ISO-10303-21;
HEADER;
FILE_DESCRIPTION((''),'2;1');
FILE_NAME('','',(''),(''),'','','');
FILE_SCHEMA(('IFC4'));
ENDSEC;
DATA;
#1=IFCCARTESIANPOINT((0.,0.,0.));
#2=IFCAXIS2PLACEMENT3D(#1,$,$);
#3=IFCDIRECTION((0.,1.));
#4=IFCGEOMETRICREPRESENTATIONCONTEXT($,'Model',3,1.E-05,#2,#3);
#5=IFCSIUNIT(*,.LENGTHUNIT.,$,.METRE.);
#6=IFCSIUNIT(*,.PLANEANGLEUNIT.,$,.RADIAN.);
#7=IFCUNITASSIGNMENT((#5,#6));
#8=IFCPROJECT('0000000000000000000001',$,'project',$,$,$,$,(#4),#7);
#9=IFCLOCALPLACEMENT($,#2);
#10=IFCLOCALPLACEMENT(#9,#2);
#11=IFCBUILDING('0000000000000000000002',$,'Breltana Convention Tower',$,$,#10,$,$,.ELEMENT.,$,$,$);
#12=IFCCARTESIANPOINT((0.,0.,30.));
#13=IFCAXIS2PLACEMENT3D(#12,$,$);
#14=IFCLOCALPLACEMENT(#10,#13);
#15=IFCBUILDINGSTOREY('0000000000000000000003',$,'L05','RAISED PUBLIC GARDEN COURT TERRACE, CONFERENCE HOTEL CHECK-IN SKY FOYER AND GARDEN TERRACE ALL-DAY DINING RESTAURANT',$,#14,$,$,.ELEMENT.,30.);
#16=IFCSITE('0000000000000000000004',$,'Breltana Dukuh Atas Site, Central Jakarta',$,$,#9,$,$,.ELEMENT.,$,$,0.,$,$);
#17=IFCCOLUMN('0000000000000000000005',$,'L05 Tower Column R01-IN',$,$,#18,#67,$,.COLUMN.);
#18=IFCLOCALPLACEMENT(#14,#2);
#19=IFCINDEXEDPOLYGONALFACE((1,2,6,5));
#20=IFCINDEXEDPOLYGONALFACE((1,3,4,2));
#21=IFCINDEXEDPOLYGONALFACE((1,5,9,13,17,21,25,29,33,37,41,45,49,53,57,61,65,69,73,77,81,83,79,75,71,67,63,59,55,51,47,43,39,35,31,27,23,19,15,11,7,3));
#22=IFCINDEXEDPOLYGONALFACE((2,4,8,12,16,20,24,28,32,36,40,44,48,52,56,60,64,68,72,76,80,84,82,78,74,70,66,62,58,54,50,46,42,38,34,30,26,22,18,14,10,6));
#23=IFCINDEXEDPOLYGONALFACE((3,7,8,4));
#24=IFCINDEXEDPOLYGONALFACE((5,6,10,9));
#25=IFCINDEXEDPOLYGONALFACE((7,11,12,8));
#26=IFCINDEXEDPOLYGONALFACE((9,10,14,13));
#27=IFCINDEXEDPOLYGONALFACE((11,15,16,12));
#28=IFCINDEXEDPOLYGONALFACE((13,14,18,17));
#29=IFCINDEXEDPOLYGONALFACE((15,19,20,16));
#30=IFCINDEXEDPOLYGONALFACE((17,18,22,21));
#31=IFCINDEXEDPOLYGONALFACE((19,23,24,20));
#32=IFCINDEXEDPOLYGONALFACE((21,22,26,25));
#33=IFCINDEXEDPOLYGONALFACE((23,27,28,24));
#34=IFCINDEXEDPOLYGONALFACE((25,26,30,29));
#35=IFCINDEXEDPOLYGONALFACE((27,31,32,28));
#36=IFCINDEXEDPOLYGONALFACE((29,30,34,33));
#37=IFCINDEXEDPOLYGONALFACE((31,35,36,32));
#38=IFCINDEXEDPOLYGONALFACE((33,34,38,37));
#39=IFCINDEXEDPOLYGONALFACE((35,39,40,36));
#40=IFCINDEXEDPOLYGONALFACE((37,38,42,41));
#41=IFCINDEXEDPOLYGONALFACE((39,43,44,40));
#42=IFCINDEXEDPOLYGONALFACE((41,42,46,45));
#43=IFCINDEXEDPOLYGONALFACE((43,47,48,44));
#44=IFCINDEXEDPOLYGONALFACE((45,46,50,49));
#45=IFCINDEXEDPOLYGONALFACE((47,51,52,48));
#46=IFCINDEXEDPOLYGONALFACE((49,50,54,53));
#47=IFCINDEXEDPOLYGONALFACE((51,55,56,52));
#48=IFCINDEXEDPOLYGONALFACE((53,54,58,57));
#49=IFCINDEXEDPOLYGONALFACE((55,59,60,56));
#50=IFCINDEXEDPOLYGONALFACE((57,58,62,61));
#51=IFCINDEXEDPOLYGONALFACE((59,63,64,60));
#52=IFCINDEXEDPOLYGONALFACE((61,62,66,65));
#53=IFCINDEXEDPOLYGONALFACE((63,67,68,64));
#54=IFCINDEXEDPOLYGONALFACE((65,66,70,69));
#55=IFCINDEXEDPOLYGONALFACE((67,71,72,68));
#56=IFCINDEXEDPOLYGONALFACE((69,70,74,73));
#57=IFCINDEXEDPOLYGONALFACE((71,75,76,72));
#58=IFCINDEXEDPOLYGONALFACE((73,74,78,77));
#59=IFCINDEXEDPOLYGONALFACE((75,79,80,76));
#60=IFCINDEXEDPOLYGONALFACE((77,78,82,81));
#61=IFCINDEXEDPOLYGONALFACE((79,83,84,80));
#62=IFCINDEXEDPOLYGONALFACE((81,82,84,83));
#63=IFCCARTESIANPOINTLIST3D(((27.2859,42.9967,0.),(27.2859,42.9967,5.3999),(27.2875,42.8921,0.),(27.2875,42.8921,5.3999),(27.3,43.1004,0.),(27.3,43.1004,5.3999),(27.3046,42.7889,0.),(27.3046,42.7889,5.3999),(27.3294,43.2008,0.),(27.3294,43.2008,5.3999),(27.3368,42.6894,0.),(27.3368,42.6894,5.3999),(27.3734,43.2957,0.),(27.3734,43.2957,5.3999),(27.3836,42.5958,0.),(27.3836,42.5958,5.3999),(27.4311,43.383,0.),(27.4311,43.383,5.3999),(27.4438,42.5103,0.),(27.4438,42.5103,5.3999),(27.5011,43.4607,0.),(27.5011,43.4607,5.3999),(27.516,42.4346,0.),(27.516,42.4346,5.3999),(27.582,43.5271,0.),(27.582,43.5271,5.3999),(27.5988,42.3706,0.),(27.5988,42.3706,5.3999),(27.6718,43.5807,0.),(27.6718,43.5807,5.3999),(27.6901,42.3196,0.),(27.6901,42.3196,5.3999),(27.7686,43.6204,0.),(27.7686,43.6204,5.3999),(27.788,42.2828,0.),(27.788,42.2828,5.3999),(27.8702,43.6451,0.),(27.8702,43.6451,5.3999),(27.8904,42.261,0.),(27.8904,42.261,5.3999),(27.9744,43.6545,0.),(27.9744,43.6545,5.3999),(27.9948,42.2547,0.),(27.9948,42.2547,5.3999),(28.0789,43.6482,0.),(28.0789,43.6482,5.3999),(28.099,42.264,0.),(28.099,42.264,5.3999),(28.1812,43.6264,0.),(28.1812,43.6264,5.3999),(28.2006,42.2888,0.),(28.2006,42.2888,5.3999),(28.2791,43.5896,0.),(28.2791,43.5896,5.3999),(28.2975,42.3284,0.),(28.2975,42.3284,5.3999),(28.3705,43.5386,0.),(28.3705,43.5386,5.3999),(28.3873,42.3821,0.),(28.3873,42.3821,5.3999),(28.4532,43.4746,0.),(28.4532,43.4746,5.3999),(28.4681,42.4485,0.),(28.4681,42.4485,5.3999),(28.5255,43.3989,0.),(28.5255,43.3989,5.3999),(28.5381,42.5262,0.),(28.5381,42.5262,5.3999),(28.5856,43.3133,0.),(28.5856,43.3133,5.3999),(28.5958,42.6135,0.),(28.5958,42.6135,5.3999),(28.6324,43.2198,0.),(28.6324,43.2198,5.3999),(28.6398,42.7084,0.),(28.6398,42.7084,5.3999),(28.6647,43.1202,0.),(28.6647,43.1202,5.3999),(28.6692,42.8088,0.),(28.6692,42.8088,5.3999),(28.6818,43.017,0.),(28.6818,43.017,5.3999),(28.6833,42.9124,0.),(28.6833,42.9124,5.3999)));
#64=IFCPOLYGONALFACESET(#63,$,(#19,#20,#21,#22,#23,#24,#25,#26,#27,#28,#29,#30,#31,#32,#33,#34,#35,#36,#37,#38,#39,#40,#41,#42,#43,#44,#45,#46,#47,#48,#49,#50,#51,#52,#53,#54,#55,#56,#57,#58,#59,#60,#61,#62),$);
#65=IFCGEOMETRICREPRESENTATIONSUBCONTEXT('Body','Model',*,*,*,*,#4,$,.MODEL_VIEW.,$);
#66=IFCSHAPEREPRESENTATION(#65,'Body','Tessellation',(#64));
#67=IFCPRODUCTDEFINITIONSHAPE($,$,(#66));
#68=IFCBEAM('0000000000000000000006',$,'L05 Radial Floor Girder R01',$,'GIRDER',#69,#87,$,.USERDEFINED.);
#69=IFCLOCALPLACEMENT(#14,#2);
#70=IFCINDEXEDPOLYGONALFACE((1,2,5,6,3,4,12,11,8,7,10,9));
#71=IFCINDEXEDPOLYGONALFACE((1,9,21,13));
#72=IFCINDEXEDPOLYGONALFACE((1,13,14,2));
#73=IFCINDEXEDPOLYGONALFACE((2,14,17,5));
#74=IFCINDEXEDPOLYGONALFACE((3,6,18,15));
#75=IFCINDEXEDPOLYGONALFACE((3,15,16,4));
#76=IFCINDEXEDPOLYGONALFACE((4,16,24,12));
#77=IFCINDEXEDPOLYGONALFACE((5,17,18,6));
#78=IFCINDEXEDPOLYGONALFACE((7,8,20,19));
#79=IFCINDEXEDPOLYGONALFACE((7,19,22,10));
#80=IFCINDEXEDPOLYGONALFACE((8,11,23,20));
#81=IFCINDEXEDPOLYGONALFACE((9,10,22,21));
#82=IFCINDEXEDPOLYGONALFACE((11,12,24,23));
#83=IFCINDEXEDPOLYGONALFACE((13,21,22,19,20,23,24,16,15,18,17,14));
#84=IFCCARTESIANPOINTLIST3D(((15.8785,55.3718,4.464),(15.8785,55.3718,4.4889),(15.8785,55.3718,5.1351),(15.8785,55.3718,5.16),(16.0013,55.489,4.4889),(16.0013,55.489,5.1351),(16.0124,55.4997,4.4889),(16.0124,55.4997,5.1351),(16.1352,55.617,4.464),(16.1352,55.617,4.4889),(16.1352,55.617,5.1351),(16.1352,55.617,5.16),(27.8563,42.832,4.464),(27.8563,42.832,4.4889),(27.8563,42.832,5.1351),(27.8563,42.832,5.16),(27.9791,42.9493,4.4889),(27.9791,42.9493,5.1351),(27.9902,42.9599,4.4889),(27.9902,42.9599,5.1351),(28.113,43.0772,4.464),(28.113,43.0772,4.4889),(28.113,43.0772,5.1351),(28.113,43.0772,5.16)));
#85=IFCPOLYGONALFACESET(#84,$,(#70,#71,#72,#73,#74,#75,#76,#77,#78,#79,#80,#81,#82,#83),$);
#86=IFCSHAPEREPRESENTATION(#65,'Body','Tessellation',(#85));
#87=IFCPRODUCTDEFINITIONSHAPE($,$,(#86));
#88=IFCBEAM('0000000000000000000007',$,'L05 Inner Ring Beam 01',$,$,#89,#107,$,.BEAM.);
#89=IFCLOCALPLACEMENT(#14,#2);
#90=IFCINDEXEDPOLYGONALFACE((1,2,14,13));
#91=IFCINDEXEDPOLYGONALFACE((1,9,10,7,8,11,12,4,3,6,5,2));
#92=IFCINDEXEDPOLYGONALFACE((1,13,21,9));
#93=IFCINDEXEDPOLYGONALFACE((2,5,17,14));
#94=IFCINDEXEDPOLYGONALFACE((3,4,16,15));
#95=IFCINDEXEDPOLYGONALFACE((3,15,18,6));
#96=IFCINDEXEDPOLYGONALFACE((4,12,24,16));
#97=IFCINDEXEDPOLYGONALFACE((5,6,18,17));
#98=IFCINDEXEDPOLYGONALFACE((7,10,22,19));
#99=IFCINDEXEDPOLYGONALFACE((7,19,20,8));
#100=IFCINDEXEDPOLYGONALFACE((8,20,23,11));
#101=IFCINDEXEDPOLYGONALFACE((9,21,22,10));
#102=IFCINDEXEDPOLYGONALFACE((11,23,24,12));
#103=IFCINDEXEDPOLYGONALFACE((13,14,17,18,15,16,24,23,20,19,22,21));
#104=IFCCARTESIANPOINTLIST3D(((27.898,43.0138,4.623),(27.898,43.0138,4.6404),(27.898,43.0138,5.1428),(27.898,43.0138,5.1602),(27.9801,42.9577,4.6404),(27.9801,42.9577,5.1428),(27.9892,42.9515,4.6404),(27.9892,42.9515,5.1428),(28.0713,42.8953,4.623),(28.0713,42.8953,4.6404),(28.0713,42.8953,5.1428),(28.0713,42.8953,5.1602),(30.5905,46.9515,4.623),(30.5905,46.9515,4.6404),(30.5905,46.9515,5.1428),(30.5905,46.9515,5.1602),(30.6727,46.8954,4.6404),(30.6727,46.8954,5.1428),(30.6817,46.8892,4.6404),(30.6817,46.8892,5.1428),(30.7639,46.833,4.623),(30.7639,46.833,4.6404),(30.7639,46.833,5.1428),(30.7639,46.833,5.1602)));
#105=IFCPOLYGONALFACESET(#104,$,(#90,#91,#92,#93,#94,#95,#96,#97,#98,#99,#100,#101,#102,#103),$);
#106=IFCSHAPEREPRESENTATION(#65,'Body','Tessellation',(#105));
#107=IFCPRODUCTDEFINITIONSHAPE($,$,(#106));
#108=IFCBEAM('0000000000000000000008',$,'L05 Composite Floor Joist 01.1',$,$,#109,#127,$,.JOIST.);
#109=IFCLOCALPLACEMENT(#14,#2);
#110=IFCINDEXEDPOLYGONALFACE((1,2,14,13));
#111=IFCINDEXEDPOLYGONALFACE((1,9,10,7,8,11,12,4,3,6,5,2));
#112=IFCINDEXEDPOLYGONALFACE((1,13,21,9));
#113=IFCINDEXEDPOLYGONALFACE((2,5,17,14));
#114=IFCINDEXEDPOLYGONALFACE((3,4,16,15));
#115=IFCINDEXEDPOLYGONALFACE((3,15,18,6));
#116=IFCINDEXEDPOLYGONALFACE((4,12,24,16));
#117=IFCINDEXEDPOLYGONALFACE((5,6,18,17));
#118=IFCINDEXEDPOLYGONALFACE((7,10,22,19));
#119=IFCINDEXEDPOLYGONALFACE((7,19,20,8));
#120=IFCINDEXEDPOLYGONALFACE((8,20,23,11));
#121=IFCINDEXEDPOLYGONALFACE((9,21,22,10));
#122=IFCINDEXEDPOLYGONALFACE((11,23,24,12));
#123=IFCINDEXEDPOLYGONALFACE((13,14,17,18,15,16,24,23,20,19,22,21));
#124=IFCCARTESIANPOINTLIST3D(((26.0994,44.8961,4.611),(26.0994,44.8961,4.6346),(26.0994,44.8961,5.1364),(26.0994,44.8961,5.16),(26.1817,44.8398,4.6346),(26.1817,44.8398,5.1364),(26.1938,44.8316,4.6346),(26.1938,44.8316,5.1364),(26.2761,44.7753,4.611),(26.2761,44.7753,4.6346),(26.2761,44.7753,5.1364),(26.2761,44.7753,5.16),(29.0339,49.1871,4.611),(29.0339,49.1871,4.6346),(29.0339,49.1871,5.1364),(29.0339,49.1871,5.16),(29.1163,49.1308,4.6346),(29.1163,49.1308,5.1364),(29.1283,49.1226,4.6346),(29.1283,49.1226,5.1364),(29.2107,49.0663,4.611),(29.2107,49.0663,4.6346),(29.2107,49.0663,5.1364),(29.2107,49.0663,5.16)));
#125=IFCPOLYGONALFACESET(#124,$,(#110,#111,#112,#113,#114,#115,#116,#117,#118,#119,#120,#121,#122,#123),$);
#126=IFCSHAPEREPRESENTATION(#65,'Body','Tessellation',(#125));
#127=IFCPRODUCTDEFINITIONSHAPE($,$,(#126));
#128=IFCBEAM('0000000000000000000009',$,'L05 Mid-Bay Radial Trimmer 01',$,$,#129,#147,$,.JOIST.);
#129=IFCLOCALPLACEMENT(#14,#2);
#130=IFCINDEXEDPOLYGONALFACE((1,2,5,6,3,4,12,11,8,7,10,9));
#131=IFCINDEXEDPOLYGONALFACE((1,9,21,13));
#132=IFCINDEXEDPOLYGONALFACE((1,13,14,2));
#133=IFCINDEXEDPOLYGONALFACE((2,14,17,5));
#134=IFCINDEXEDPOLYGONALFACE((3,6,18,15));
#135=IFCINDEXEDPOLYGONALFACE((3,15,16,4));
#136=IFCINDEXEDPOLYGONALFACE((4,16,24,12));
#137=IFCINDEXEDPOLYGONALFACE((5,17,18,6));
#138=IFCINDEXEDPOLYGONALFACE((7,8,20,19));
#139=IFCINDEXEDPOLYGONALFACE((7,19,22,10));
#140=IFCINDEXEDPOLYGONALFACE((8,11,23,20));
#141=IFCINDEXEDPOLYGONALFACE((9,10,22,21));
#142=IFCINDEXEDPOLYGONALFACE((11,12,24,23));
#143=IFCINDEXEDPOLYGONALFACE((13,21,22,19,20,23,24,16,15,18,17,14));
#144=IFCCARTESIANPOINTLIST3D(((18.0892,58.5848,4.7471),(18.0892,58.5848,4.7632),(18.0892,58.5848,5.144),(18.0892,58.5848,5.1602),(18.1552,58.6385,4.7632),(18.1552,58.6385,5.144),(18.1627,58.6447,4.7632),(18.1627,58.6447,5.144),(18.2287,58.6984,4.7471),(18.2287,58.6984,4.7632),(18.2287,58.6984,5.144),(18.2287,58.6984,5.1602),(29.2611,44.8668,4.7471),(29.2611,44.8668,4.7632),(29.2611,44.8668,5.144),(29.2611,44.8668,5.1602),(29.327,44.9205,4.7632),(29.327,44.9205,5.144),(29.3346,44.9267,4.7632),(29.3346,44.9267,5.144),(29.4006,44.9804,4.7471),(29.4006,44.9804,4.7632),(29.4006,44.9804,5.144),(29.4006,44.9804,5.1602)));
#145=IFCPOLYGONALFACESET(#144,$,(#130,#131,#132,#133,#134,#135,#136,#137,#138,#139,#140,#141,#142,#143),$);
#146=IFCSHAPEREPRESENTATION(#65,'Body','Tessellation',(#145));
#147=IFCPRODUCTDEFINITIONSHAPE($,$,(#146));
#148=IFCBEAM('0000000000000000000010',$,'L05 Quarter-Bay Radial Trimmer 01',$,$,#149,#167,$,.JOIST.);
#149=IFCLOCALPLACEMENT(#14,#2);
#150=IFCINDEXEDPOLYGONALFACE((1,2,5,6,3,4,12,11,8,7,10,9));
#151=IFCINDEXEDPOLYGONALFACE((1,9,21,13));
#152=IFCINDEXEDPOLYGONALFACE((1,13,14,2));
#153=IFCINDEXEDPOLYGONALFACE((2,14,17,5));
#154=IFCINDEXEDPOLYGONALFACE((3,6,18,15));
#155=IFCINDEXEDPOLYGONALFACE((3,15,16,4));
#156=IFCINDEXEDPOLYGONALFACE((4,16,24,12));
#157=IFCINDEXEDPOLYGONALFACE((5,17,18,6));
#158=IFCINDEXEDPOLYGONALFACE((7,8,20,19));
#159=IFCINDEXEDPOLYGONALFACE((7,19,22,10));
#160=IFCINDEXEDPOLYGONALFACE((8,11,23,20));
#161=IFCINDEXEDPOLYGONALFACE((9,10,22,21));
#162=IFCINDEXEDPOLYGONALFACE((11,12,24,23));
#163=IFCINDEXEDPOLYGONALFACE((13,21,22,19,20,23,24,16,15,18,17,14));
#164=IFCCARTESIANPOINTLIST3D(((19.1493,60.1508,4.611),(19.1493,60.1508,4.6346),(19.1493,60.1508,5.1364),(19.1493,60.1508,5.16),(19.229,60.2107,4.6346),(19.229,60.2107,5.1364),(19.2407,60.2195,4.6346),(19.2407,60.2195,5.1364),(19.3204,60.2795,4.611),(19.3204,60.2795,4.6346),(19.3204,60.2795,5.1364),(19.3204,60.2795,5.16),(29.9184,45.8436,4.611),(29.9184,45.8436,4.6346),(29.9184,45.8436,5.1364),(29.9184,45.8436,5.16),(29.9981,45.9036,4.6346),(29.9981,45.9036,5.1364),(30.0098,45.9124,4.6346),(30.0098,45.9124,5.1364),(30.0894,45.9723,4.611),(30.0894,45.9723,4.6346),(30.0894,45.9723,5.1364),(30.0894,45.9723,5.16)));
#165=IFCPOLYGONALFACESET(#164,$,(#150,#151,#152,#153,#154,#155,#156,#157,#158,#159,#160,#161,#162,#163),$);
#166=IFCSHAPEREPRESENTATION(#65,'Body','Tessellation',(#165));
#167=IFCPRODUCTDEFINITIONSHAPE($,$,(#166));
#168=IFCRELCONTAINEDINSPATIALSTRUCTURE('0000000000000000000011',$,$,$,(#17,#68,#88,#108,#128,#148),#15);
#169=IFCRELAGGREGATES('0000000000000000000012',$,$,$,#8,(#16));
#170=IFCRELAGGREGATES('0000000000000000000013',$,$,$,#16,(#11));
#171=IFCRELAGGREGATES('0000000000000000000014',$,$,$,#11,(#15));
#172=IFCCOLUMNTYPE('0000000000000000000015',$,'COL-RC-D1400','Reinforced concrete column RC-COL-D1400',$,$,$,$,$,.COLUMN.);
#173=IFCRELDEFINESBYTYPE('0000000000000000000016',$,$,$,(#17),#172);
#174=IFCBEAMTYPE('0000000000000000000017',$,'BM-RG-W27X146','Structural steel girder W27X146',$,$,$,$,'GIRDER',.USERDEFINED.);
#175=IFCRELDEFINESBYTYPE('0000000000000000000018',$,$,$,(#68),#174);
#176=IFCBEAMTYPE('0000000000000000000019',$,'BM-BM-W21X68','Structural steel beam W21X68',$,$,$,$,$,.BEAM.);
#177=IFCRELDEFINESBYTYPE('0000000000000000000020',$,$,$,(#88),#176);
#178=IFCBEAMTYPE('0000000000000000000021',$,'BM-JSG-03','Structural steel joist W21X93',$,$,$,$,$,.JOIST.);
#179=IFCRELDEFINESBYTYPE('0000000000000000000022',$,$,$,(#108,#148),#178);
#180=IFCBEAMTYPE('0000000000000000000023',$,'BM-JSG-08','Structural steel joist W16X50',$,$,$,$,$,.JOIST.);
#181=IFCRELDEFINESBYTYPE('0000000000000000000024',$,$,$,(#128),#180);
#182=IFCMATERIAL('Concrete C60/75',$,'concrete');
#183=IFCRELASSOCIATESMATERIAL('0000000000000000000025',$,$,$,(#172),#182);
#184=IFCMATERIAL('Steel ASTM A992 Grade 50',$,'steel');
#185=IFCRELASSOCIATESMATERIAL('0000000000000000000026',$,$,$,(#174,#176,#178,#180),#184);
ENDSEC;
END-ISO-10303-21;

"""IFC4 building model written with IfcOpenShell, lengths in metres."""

from ifc_helpers import new_model, si_unit, direction, frame, origin, origin_2d, place, context, subcontext, project, spatial, circle, i_section, extrude, source, transform, mapped, material, material_profile, profile_set, type_object, type_shapes, element, save


model = new_model("IFC4")

# Units and contexts
model_context = context("Model", 3, precision=1e-05, world=origin(), true_north=direction((0.0, 1.0)))
body_context = subcontext(model_context, "Body", "Model", "MODEL_VIEW")
ifc_project = project(units=[si_unit("LENGTHUNIT", "METRE"), si_unit("PLANEANGLEUNIT", "RADIAN")], contexts=[model_context])

# Site, building, storey
site_placement = place(None, origin())
site = spatial("IfcSite", under=ifc_project, at=site_placement, Name="Breltana Dukuh Atas Site, Central Jakarta", CompositionType="ELEMENT", RefElevation=0.0)
building_placement = place(site_placement, origin())
building = spatial("IfcBuilding", under=site, at=building_placement, Name="Breltana Convention Tower", CompositionType="ELEMENT")
storey_placement = place(building_placement, frame((0.0, 0.0, 30.0)))
storey = spatial("IfcBuildingStorey", under=building, at=storey_placement, Name="L05", Description="RAISED PUBLIC GARDEN COURT TERRACE, CONFERENCE HOTEL CHECK-IN SKY FOYER AND GARDEN TERRACE ALL-DAY DINING RESTAURANT", CompositionType="ELEMENT", Elevation=30.0)

# Column
ifc_material_1 = material(Name="Concrete C60/75", Category="concrete")
ifc_material_profile_1 = material_profile(ifc_material_1, circle(Radius=0.7, at=origin_2d()), Name="RC-COL-D1400")
ifc_profile_set_1 = profile_set([ifc_material_profile_1], Name="Concrete C60/75")
column_type = type_object("IfcColumnType", Name="COL-RC-D1400", Description="Reinforced concrete column RC-COL-D1400", PredefinedType="COLUMN", material=ifc_profile_set_1)
shared_shape_1 = source(origin(), body_context, "Body", "SweptSolid", [
    extrude(circle(Radius=0.7, at=origin_2d()), origin(), (0.0, 0.0, 1.0), 5.3999),
])
type_shapes(column_type, [shared_shape_1])
column_placement = place(storey_placement, frame((27.9846, 42.9546, 0.0), z_axis=(0.0, 0.0, 1.0), x_axis=(-0.690756, 0.723088, 0.0)))
element("IfcColumn", 1, at=column_placement, inside=storey, type_object=column_type, Name="L05 Tower Column R01-IN", PredefinedType="COLUMN", context=body_context, shape_type="MappedRepresentation", body=[
    mapped(shared_shape_1, transform((0.0, 0.0, 0.0), scale=1.0)),
])

# Beams
ifc_material_2 = material(Name="Steel ASTM A992 Grade 50", Category="steel")
ifc_material_profile_2 = material_profile(ifc_material_2, i_section(OverallWidth=0.355, OverallDepth=0.696, WebThickness=0.0154, FlangeThickness=0.0249, at=origin_2d()), Name="W27X146")
ifc_profile_set_2 = profile_set([ifc_material_profile_2], Name="Steel ASTM A992 Grade 50")
beam_type_1 = type_object("IfcBeamType", Name="BM-RG-W27X146", Description="Structural steel girder W27X146", ElementType="GIRDER", PredefinedType="USERDEFINED", material=ifc_profile_set_2)
shared_shape_2 = source(origin(), body_context, "Body", "SweptSolid", [
    extrude(i_section(OverallWidth=0.355, OverallDepth=0.696, WebThickness=0.0154, FlangeThickness=0.0249, at=origin_2d()), origin(), (0.0, 0.0, 1.0), 17.3411),
])
type_shapes(beam_type_1, [shared_shape_2])
beam_1_placement = place(storey_placement, frame((27.9846, 42.9546, 4.812), z_axis=(-0.690716, 0.723126, 0.0), x_axis=(-0.723126, -0.690716, 0.0)))
element("IfcBeam", 2, at=beam_1_placement, inside=storey, type_object=beam_type_1, Name="L05 Radial Floor Girder R01", ObjectType="GIRDER", PredefinedType="USERDEFINED", context=body_context, shape_type="MappedRepresentation", body=[
    mapped(shared_shape_2, transform((0.0, 0.0, 0.0), scale=1.0)),
])
ifc_material_profile_3 = material_profile(ifc_material_2, i_section(OverallWidth=0.21, OverallDepth=0.5371, WebThickness=0.011, FlangeThickness=0.0173, at=origin_2d()), Name="W21X68")
ifc_profile_set_3 = profile_set([ifc_material_profile_3], Name="Steel ASTM A992 Grade 50")
beam_type_2 = type_object("IfcBeamType", Name="BM-BM-W21X68", Description="Structural steel beam W21X68", PredefinedType="BEAM", material=ifc_profile_set_3)
shared_shape_3 = source(origin(), body_context, "Body", "SweptSolid", [
    extrude(i_section(OverallWidth=0.21, OverallDepth=0.5371, WebThickness=0.011, FlangeThickness=0.0173, at=origin_2d()), origin(), (0.0, 0.0, 1.0), 4.7703),
])
beam_2_placement = place(storey_placement, frame((27.9846, 42.9546, 4.8916), z_axis=(0.564453, 0.825465, 0.0), x_axis=(-0.825465, 0.564453, 0.0)))
element("IfcBeam", 3, at=beam_2_placement, inside=storey, type_object=beam_type_2, Name="L05 Inner Ring Beam 01", PredefinedType="BEAM", context=body_context, shape_type="MappedRepresentation", body=[
    mapped(shared_shape_3, transform((0.0, 0.0, 0.0), scale=1.0)),
])
ifc_material_profile_4 = material_profile(ifc_material_2, i_section(OverallWidth=0.2141, OverallDepth=0.5491, WebThickness=0.0146, FlangeThickness=0.0237, at=origin_2d()), Name="W21X93")
ifc_profile_set_4 = profile_set([ifc_material_profile_4], Name="Steel ASTM A992 Grade 50")
beam_type_3 = type_object("IfcBeamType", Name="BM-JSG-03", Description="Structural steel joist W21X93", PredefinedType="JOIST", material=ifc_profile_set_4)
shared_shape_4 = source(origin(), body_context, "Body", "SweptSolid", [
    extrude(i_section(OverallWidth=0.2141, OverallDepth=0.5491, WebThickness=0.0146, FlangeThickness=0.0237, at=origin_2d()), origin(), (0.0, 0.0, 1.0), 5.1985),
])
type_shapes(beam_type_3, [shared_shape_4])
beam_3_placement = place(storey_placement, frame((26.1877, 44.8357, 4.8855), z_axis=(0.564502, 0.825432, 0.0), x_axis=(-0.825432, 0.564502, 0.0)))
element("IfcBeam", 4, at=beam_3_placement, inside=storey, type_object=beam_type_3, Name="L05 Composite Floor Joist 01.1", PredefinedType="JOIST", context=body_context, shape_type="MappedRepresentation", body=[
    mapped(shared_shape_4, transform((0.0, 0.0, 0.0), scale=1.0)),
])
ifc_material_profile_5 = material_profile(ifc_material_2, i_section(OverallWidth=0.1799, OverallDepth=0.4131, WebThickness=0.0098, FlangeThickness=0.0161, at=origin_2d()), Name="W16X50")
ifc_profile_set_5 = profile_set([ifc_material_profile_5], Name="Steel ASTM A992 Grade 50")
beam_type_4 = type_object("IfcBeamType", Name="BM-JSG-08", Description="Structural steel joist W16X50", PredefinedType="JOIST", material=ifc_profile_set_5)
shared_shape_5 = source(origin(), body_context, "Body", "SweptSolid", [
    extrude(i_section(OverallWidth=0.1799, OverallDepth=0.4131, WebThickness=0.0098, FlangeThickness=0.0161, at=origin_2d()), origin(), (0.0, 0.0, 1.0), 17.6917),
])
type_shapes(beam_type_4, [shared_shape_5])
beam_4_placement = place(storey_placement, frame((29.3308, 44.9236, 4.9536), z_axis=(-0.631477, 0.775395, 0.0), x_axis=(-0.775395, -0.631477, 0.0)))
element("IfcBeam", 5, at=beam_4_placement, inside=storey, type_object=beam_type_4, Name="L05 Mid-Bay Radial Trimmer 01", PredefinedType="JOIST", context=body_context, shape_type="MappedRepresentation", body=[
    mapped(shared_shape_5, transform((0.0, 0.0, 0.0), scale=1.0)),
])
shared_shape_6 = source(origin(), body_context, "Body", "SweptSolid", [
    extrude(i_section(OverallWidth=0.2141, OverallDepth=0.5491, WebThickness=0.0146, FlangeThickness=0.0237, at=origin_2d()), origin(), (0.0, 0.0, 1.0), 17.9072),
])
beam_5_placement = place(storey_placement, frame((30.0039, 45.908, 4.8855), z_axis=(-0.601382, 0.798962, 0.0), x_axis=(-0.798962, -0.601382, 0.0)))
element("IfcBeam", 6, at=beam_5_placement, inside=storey, type_object=beam_type_3, Name="L05 Quarter-Bay Radial Trimmer 01", PredefinedType="JOIST", context=body_context, shape_type="MappedRepresentation", body=[
    mapped(shared_shape_6, transform((0.0, 0.0, 0.0), scale=1.0)),
])

save(model, "model.ifc")
